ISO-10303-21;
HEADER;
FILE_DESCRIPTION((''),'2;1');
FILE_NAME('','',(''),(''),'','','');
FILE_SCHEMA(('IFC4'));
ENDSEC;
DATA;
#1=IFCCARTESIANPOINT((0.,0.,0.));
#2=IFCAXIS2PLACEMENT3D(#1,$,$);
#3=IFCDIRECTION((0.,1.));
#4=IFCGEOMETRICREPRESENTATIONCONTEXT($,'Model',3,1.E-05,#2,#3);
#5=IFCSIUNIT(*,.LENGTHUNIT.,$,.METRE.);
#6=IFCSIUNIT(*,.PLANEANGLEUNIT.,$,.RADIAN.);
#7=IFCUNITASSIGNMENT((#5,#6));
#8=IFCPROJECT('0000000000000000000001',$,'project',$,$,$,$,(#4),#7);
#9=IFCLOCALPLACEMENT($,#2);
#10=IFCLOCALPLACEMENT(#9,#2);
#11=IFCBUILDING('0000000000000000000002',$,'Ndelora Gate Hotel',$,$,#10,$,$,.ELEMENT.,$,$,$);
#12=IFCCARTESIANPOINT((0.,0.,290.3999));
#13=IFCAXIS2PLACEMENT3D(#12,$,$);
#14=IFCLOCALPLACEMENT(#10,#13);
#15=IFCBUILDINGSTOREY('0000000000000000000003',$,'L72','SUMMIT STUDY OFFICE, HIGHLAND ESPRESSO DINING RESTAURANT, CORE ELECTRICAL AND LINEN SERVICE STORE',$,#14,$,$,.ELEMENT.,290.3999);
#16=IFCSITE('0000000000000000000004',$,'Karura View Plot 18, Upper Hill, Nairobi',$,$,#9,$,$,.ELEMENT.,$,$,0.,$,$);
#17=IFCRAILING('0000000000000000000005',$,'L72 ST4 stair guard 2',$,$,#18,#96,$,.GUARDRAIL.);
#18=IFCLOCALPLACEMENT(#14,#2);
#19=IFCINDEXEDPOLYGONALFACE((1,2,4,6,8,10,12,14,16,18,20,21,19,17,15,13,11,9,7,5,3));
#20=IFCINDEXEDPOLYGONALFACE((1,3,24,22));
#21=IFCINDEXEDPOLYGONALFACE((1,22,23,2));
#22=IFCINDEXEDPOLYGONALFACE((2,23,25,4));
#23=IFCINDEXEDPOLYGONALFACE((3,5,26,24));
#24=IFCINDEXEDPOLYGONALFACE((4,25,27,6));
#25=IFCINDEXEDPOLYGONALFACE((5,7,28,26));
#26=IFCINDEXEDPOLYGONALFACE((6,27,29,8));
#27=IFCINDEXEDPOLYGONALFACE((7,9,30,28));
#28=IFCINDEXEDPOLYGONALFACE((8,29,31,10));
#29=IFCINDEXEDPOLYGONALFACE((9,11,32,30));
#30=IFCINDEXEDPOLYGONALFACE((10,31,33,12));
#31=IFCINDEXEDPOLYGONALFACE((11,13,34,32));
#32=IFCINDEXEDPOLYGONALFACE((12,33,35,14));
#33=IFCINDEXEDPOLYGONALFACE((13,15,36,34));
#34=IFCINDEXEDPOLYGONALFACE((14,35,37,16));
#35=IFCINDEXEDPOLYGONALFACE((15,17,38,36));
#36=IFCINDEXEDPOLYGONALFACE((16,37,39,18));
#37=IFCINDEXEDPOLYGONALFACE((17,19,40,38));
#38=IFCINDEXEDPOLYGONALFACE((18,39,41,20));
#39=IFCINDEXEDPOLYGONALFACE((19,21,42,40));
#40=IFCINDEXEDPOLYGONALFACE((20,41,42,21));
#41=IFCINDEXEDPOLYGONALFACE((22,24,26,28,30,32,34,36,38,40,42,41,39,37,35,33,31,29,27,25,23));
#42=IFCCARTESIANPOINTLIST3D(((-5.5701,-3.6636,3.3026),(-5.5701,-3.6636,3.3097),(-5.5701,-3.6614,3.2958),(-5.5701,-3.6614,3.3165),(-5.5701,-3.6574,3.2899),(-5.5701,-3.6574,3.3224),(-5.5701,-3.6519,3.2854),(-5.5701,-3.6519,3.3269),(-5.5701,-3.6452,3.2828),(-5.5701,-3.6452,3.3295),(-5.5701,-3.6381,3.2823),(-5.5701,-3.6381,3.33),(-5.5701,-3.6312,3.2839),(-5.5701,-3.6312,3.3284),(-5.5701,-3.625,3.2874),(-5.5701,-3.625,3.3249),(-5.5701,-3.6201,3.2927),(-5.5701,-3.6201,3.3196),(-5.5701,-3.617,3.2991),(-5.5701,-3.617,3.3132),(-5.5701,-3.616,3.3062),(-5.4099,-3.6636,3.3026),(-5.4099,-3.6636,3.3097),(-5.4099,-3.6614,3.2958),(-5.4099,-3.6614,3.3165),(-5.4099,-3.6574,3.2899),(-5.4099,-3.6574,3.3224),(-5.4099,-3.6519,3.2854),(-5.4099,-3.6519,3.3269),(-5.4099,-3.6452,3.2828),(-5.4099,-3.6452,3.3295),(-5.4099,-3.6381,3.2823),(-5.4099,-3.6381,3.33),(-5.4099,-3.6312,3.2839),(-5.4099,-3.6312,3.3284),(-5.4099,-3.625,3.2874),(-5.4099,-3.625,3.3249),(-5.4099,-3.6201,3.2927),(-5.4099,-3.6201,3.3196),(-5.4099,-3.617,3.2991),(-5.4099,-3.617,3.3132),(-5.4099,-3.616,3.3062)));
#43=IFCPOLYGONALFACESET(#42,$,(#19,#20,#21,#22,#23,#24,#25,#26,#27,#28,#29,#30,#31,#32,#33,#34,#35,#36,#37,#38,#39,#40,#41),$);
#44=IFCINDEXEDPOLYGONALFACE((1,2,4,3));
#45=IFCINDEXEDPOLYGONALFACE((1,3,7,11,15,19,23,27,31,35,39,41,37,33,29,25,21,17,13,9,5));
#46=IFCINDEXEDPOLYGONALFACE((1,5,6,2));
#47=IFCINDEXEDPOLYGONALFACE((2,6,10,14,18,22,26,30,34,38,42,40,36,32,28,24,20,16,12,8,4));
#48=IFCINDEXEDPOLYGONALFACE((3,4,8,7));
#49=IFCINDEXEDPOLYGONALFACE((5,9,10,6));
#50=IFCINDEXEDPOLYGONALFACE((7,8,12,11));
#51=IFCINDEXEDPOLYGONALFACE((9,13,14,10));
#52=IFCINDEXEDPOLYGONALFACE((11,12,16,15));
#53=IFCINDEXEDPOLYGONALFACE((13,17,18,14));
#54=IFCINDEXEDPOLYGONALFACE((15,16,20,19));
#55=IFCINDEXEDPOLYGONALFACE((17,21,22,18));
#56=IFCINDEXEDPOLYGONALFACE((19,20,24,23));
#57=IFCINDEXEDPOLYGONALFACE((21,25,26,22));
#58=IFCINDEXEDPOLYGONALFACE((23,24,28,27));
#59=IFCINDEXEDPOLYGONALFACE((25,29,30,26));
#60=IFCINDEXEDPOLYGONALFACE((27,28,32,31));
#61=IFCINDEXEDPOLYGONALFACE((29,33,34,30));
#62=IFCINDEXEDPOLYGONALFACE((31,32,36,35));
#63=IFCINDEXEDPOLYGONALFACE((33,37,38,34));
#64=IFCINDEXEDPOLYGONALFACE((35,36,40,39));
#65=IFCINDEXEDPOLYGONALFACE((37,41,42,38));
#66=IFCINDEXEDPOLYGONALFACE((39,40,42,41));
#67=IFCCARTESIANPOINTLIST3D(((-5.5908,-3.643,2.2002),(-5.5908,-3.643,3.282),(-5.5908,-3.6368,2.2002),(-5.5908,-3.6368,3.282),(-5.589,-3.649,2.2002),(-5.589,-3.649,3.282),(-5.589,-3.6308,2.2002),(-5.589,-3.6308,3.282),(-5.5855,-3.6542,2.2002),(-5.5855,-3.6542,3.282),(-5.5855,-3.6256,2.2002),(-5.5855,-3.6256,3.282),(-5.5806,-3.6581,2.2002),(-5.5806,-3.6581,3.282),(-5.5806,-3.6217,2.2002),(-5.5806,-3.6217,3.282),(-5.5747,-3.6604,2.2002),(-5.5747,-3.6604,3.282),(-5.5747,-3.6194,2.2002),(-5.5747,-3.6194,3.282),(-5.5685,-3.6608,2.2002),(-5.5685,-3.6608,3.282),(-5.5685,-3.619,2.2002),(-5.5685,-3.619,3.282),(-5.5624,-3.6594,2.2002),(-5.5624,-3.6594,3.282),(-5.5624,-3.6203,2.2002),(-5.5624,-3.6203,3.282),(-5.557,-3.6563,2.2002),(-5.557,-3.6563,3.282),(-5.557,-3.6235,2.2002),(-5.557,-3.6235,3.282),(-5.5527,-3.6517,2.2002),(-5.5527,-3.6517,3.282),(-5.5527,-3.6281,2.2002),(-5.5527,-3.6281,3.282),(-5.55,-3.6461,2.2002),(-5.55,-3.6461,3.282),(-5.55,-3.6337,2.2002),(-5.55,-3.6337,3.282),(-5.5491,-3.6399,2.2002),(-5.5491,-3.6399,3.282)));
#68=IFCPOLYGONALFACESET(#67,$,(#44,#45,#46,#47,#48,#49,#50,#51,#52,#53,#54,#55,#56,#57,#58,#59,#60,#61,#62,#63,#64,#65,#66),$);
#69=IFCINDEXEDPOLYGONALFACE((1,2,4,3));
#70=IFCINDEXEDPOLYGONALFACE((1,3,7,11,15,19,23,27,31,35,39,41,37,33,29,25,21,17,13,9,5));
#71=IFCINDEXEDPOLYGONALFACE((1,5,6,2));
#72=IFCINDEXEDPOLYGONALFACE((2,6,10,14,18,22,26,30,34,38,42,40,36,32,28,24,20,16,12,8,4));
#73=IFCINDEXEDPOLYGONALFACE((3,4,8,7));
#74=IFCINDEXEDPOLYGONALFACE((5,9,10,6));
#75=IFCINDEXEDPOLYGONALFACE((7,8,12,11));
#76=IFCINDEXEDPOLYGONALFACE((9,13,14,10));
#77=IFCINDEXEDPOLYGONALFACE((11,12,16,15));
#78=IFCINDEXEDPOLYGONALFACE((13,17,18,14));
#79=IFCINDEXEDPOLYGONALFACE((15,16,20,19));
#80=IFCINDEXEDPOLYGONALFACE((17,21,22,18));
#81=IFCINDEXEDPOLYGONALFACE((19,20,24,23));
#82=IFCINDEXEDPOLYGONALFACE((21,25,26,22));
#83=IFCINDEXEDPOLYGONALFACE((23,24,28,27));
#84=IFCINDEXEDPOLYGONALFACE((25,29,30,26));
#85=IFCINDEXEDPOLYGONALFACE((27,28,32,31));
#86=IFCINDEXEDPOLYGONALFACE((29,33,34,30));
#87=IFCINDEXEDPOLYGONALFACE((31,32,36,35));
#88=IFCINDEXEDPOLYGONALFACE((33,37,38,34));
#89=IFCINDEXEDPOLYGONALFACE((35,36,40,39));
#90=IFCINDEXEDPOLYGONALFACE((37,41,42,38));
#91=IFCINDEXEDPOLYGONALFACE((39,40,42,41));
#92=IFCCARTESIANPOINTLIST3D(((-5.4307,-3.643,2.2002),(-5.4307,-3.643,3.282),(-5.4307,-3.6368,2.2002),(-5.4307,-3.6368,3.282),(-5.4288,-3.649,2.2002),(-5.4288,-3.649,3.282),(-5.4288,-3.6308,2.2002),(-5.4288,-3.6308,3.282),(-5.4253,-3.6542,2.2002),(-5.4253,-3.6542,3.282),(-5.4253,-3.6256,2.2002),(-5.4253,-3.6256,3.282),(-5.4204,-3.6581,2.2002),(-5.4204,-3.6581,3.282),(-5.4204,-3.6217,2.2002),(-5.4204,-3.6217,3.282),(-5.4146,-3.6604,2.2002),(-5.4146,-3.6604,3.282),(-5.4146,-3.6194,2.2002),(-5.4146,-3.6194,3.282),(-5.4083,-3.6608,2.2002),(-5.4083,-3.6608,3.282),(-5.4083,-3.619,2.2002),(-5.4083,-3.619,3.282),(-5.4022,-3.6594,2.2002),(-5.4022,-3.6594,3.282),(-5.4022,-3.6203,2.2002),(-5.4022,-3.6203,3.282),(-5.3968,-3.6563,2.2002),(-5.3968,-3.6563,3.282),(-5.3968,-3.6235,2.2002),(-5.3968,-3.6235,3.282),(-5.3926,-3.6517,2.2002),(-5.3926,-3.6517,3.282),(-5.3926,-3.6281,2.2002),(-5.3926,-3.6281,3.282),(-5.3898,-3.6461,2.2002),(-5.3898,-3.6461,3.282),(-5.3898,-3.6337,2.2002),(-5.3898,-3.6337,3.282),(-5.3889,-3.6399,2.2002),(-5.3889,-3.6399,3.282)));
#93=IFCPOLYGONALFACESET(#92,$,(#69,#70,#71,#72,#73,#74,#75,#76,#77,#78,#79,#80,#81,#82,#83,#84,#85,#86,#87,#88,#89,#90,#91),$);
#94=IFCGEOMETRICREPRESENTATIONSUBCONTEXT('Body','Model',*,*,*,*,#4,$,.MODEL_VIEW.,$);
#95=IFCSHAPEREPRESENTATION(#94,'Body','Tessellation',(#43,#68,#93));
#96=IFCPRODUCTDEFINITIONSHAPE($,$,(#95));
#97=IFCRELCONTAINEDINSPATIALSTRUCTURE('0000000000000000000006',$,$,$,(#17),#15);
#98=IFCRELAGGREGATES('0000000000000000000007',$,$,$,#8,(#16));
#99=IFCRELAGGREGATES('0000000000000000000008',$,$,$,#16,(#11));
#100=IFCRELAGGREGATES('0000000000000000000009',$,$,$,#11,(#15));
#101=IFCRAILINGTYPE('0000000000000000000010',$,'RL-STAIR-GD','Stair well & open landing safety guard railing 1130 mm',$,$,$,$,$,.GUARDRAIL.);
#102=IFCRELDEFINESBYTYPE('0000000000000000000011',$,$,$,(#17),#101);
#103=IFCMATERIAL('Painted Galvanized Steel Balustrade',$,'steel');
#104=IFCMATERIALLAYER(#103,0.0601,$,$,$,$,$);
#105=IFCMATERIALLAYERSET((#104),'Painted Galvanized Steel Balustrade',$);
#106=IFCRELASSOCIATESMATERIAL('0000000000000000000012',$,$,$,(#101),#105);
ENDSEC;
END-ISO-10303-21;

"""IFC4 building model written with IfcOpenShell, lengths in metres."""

from ifc_helpers import new_model, si_unit, direction, frame, origin, origin_2d, place, context, subcontext, project, spatial, circle, extrude, material, layer, layer_set, type_object, element, save


model = new_model("IFC4")

# Units and contexts
model_context = context("Model", 3, precision=1e-05, world=origin(), true_north=direction((0.0, 1.0)))
body_context = subcontext(model_context, "Body", "Model", "MODEL_VIEW")
ifc_project = project(units=[si_unit("LENGTHUNIT", "METRE"), si_unit("PLANEANGLEUNIT", "RADIAN")], contexts=[model_context])

# Site, building, storey
site_placement = place(None, origin())
site = spatial("IfcSite", under=ifc_project, at=site_placement, Name="Karura View Plot 18, Upper Hill, Nairobi", CompositionType="ELEMENT", RefElevation=0.0)
building_placement = place(site_placement, origin())
building = spatial("IfcBuilding", under=site, at=building_placement, Name="Ndelora Gate Hotel", CompositionType="ELEMENT")
storey_placement = place(building_placement, frame((0.0, 0.0, 290.3999)))
storey = spatial("IfcBuildingStorey", under=building, at=storey_placement, Name="L72", Description="SUMMIT STUDY OFFICE, HIGHLAND ESPRESSO DINING RESTAURANT, CORE ELECTRICAL AND LINEN SERVICE STORE", CompositionType="ELEMENT", Elevation=290.3999)

# Railing
ifc_material_1 = material(Name="Painted Galvanized Steel Balustrade", Category="steel")
ifc_layer_1 = layer(ifc_material_1, 0.0601)
ifc_layer_set_1 = layer_set([ifc_layer_1], Name="Painted Galvanized Steel Balustrade")
railing_type_1 = type_object("IfcRailingType", Name="RL-STAIR-GD", Description="Stair well & open landing safety guard railing 1130 mm", PredefinedType="GUARDRAIL", material=ifc_layer_set_1)
railing_1_placement = place(storey_placement, frame((-5.5701, -3.6399, 2.2002)))
element("IfcRailing", 1, at=railing_1_placement, inside=storey, type_object=railing_type_1, Name="L72 ST4 stair guard 2", PredefinedType="GUARDRAIL", context=body_context, shape_type="SweptSolid", body=[
    extrude(circle(Radius=0.0239, at=origin_2d()), frame((0.0, 0.0, 1.106), z_axis=(1.0, 0.0, 0.0), x_axis=(0.0, 1.0, 0.0)), (0.0, 0.0, 1.0), 0.1602),
    extrude(circle(Radius=0.021, at=origin_2d()), origin(), (0.0, 0.0, 1.0), 1.0818),
    extrude(circle(Radius=0.021, at=origin_2d()), frame((0.1602, 0.0, 0.0)), (0.0, 0.0, 1.0), 1.0818),
])

save(model, "model.ifc")
